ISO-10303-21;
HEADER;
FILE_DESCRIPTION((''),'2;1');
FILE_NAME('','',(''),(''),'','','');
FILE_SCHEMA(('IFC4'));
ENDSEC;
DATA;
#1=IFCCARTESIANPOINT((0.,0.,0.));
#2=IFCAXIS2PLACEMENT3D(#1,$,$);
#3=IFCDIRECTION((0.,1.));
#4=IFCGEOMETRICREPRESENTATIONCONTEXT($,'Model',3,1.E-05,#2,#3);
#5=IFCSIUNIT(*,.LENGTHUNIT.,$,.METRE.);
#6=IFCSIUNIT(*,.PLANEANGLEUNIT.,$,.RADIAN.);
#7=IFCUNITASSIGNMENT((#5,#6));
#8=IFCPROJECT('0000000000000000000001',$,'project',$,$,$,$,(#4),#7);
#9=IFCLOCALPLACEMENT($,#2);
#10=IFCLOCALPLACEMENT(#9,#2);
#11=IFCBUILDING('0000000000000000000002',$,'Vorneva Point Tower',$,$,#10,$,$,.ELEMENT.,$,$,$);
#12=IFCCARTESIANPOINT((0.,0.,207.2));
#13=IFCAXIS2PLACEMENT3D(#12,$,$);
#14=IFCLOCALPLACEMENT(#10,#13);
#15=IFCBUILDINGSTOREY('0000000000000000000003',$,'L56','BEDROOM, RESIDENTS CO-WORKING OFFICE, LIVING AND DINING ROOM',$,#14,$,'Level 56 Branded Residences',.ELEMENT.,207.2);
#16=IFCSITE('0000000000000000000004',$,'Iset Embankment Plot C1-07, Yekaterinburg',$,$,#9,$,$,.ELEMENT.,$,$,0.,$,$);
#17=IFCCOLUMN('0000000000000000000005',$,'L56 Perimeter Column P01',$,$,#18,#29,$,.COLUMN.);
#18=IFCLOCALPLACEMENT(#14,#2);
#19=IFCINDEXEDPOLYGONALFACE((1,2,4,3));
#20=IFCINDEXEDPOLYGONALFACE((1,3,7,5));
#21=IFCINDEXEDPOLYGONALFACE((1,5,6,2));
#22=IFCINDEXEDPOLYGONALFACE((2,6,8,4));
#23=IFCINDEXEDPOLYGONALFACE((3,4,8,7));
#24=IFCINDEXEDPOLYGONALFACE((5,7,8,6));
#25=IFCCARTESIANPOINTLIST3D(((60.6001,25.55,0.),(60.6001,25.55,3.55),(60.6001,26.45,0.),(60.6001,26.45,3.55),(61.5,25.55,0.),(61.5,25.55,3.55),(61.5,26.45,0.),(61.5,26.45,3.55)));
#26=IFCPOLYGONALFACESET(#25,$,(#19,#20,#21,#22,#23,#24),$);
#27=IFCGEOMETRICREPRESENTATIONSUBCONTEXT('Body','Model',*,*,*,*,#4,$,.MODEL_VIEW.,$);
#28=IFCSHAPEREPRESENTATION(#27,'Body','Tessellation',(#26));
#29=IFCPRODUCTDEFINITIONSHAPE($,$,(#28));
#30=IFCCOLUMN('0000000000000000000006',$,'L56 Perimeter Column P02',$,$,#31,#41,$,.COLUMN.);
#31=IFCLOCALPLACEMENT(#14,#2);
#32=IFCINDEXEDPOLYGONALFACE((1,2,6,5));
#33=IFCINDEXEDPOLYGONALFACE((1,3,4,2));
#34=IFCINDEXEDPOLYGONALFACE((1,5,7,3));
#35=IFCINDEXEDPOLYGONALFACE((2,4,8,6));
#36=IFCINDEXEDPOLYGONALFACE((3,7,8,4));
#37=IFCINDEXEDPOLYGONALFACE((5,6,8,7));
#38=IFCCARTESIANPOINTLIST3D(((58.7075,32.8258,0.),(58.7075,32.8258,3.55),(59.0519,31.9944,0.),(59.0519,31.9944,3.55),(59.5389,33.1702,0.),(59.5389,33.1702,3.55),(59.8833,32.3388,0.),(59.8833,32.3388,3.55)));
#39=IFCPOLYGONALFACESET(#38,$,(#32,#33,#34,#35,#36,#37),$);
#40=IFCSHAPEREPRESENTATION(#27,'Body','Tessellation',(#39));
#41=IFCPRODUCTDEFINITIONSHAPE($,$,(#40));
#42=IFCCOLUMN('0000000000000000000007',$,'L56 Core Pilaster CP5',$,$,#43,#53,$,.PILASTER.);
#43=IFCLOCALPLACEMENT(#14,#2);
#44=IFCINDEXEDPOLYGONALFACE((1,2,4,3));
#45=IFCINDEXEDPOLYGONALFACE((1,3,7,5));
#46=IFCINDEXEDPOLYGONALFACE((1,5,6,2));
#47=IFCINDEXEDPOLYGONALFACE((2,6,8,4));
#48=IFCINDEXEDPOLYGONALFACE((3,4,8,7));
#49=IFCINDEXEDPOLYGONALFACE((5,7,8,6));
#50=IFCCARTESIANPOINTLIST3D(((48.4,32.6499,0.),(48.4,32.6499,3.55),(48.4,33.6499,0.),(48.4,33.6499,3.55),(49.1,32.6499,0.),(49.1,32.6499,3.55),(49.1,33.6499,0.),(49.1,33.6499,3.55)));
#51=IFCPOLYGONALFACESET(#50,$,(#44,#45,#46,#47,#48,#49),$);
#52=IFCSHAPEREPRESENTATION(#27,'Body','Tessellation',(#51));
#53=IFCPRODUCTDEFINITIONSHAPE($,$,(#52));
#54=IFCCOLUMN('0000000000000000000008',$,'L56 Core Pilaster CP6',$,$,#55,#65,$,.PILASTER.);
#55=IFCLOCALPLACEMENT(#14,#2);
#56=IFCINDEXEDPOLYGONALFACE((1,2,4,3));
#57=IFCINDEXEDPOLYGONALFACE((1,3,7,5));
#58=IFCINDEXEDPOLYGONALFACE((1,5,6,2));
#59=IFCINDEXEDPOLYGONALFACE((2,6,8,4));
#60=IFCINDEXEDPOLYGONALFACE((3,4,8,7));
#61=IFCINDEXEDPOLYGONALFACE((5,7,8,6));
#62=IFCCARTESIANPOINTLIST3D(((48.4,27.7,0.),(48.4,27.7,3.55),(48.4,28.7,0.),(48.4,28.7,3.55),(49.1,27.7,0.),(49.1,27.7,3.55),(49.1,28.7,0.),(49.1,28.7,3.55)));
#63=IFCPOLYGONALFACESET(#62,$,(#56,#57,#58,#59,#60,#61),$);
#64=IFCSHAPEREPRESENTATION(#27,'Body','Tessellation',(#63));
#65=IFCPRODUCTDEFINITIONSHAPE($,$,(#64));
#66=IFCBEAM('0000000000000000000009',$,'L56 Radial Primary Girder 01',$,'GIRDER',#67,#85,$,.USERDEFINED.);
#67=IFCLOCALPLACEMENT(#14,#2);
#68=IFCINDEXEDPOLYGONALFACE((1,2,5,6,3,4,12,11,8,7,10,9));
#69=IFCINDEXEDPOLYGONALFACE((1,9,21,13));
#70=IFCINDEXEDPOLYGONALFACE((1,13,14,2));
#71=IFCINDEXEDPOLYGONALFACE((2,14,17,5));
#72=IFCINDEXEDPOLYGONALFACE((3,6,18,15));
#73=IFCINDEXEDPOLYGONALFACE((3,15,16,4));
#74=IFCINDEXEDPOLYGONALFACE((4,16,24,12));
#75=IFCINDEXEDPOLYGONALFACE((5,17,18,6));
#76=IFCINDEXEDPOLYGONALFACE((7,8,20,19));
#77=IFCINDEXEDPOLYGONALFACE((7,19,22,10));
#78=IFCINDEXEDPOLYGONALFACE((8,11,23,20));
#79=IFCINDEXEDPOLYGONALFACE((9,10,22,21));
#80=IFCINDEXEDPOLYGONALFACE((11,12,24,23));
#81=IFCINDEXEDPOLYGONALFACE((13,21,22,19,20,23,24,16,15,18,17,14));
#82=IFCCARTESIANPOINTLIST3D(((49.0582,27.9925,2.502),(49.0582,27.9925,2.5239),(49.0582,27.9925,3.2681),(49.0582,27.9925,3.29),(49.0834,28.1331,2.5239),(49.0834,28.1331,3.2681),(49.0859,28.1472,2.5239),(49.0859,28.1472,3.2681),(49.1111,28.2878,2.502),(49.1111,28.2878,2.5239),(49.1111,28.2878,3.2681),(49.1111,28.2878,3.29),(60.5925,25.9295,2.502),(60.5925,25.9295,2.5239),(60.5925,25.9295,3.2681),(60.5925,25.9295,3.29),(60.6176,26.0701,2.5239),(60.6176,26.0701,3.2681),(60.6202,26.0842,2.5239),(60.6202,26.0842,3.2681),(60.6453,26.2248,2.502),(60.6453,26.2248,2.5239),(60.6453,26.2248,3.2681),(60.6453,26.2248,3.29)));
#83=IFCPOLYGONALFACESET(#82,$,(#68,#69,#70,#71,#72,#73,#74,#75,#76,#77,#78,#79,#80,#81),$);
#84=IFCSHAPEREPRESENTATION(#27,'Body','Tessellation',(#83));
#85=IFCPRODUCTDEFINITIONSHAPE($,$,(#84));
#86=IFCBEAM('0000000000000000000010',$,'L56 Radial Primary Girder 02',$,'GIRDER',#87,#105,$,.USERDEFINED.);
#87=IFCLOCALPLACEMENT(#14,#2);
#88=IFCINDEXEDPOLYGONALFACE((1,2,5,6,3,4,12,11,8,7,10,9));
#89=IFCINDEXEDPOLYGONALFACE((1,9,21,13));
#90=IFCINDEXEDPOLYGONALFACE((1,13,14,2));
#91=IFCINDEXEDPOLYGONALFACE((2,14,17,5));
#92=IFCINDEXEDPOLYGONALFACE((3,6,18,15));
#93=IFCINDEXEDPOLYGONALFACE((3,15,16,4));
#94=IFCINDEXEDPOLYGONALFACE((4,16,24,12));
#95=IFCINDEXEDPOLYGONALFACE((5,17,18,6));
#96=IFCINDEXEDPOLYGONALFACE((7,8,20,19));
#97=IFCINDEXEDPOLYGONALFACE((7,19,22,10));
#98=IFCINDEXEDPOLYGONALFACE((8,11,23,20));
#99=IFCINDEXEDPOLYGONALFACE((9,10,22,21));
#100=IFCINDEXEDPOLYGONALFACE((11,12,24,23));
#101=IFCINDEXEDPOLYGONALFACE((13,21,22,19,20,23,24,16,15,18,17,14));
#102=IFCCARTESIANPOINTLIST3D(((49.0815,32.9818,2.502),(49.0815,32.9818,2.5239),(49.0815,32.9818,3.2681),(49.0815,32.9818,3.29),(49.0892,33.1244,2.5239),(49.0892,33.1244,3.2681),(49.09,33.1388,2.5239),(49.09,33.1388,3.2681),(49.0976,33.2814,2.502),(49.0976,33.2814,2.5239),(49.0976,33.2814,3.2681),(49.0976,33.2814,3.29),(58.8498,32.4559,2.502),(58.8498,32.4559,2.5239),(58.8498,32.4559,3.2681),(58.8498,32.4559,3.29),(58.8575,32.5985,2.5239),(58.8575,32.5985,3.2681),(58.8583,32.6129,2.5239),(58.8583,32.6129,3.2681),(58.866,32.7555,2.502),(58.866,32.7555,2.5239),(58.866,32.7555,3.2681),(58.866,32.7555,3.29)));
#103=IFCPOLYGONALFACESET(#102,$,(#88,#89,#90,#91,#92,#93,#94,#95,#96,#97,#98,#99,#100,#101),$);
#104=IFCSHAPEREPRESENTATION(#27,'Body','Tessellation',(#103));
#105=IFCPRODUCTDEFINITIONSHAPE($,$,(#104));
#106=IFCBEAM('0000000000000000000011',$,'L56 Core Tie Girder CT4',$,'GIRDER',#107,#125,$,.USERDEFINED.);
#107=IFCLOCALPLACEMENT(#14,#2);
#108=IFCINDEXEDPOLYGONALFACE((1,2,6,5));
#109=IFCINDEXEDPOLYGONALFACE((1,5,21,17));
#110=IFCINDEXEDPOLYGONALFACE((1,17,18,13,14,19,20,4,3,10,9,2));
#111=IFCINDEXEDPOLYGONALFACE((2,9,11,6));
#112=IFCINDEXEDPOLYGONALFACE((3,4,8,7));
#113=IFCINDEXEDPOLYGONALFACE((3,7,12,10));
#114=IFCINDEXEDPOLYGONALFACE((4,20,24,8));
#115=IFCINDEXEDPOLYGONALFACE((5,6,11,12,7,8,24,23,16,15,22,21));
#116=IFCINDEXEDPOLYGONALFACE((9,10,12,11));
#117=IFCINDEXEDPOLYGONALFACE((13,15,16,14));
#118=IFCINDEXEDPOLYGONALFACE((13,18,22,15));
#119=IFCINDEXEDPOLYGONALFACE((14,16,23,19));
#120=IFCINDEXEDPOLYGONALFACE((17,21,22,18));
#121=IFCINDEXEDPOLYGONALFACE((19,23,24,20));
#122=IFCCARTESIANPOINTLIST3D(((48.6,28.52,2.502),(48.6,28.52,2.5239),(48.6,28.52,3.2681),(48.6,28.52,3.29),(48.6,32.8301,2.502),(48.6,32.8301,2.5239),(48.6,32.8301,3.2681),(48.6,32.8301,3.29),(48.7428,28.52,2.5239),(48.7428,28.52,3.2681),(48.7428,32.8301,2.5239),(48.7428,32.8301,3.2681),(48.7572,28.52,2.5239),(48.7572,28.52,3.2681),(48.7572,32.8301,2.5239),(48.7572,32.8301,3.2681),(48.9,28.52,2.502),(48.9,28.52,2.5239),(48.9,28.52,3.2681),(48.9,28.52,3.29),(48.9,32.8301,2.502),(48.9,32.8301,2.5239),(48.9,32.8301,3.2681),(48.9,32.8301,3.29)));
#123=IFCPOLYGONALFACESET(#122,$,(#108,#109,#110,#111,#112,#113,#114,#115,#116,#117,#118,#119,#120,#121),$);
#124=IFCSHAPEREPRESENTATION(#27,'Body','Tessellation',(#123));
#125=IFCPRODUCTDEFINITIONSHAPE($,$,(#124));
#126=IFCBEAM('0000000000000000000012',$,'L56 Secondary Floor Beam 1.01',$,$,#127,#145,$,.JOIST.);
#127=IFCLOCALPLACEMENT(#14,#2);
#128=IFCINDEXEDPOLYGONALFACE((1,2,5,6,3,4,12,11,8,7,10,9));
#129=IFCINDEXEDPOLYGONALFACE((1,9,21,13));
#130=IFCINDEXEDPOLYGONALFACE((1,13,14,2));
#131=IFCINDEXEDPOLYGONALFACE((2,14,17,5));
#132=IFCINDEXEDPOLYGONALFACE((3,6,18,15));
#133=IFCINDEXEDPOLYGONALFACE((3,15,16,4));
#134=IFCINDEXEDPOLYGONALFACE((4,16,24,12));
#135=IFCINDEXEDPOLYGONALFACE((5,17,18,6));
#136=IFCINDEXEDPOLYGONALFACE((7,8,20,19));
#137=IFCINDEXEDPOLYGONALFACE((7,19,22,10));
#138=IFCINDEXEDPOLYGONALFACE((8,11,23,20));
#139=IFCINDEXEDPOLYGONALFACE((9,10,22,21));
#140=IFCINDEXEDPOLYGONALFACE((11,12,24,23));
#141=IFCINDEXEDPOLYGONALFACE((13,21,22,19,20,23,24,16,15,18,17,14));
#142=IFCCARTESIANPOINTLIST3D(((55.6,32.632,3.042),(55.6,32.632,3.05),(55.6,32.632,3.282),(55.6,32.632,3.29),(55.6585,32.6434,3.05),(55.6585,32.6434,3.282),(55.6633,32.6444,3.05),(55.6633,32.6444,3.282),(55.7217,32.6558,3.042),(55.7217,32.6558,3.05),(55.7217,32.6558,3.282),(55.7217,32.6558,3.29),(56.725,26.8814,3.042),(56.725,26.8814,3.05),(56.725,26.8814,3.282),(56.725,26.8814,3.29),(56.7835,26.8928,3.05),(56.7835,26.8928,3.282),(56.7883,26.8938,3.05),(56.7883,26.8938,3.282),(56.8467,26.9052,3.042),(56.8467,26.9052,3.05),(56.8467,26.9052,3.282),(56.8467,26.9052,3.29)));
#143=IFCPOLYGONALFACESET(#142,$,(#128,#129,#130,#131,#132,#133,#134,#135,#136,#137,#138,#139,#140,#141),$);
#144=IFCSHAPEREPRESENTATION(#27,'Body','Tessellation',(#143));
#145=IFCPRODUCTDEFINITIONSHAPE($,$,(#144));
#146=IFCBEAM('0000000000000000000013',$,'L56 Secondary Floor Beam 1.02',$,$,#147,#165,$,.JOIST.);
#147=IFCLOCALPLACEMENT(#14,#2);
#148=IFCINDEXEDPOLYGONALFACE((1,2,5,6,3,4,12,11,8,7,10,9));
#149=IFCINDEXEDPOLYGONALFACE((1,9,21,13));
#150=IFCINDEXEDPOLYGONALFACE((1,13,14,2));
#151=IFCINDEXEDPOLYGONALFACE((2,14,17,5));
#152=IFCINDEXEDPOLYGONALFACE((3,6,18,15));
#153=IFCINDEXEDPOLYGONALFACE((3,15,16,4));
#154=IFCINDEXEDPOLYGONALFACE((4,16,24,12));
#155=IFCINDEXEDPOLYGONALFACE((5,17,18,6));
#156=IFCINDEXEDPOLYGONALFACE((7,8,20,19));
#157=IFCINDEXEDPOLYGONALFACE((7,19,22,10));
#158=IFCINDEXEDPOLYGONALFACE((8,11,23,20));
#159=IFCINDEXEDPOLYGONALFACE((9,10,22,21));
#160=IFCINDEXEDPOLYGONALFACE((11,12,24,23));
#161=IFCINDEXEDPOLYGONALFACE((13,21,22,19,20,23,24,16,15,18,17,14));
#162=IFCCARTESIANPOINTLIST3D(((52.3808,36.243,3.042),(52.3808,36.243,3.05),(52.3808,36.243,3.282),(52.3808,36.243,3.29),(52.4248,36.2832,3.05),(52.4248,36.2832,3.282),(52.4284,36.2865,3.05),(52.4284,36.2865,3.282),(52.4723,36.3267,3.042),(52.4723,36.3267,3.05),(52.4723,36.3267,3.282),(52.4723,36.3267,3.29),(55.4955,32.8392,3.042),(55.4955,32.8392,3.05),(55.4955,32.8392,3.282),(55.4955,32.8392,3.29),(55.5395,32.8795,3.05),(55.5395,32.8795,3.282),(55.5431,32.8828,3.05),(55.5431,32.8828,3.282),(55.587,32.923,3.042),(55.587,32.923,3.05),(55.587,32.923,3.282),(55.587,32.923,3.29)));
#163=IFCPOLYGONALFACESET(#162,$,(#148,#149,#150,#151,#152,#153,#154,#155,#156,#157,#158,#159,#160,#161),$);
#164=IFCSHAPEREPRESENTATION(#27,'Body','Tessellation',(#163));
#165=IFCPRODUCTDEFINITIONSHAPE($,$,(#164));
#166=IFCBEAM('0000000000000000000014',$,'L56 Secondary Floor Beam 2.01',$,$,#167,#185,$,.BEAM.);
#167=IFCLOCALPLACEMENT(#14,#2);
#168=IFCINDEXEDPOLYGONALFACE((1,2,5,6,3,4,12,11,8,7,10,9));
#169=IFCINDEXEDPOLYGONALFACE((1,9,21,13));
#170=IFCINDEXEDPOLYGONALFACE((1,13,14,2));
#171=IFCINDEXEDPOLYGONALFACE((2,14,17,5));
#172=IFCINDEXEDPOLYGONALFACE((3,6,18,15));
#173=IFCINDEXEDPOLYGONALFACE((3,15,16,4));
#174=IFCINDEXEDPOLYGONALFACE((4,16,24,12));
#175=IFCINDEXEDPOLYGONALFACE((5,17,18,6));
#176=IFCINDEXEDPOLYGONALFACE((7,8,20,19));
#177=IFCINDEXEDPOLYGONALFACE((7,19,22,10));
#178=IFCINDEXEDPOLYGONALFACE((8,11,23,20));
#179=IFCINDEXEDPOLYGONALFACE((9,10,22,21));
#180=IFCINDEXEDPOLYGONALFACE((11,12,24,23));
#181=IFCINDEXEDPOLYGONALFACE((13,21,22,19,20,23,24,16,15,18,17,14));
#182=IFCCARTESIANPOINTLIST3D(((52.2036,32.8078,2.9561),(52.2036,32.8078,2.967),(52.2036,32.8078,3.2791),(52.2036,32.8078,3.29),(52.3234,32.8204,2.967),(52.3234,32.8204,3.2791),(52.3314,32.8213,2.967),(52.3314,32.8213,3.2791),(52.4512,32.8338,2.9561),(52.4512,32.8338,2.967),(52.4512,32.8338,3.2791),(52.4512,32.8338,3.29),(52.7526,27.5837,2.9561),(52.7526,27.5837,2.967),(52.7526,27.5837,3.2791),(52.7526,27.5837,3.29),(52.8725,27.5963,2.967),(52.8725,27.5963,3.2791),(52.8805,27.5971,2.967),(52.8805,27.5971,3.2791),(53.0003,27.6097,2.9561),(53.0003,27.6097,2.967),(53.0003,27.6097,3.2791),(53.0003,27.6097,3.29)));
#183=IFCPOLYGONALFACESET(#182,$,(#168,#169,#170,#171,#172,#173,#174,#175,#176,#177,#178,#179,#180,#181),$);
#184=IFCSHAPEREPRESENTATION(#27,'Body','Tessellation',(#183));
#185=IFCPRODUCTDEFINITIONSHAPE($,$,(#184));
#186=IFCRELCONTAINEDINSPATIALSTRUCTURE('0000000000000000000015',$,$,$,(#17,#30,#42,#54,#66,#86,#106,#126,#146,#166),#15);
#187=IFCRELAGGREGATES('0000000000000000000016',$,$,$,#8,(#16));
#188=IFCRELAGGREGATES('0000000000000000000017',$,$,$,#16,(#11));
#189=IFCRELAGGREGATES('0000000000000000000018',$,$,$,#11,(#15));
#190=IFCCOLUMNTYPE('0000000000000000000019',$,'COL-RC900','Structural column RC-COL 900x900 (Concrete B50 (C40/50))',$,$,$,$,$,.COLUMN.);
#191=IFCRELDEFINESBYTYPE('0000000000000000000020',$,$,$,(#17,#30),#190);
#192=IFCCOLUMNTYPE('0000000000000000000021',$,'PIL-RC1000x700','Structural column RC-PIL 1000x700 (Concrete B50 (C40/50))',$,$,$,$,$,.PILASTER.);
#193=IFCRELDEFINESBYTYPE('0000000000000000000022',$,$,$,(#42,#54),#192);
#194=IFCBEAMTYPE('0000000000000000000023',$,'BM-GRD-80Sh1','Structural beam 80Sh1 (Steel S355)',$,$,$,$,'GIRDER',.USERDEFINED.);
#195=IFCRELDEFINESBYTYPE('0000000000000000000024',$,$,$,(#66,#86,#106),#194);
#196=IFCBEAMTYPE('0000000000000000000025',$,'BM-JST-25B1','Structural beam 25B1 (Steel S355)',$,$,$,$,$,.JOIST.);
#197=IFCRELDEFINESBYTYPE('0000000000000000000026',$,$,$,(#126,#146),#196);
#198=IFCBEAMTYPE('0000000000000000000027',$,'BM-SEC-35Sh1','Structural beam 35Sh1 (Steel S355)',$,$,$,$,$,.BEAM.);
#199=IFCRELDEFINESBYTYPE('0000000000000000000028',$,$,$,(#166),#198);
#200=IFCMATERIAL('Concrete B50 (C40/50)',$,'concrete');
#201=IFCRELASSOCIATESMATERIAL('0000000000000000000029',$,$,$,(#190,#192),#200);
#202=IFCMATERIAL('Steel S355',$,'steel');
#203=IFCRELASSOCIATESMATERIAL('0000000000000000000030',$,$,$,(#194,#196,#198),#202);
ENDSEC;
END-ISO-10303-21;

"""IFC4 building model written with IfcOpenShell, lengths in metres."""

from ifc_helpers import new_model, si_unit, direction, frame, origin, origin_2d, place, context, subcontext, project, spatial, rectangle, i_section, extrude, material, material_profile, profile_set, type_object, element, save


model = new_model("IFC4")

# Units and contexts
model_context = context("Model", 3, precision=1e-05, world=origin(), true_north=direction((0.0, 1.0)))
body_context = subcontext(model_context, "Body", "Model", "MODEL_VIEW")
ifc_project = project(units=[si_unit("LENGTHUNIT", "METRE"), si_unit("PLANEANGLEUNIT", "RADIAN")], contexts=[model_context])

# Site, building, storey
site_placement = place(None, origin())
site = spatial("IfcSite", under=ifc_project, at=site_placement, Name="Iset Embankment Plot C1-07, Yekaterinburg", CompositionType="ELEMENT", RefElevation=0.0)
building_placement = place(site_placement, origin())
building = spatial("IfcBuilding", under=site, at=building_placement, Name="Vorneva Point Tower", CompositionType="ELEMENT")
storey_placement = place(building_placement, frame((0.0, 0.0, 207.2)))
storey = spatial("IfcBuildingStorey", under=building, at=storey_placement, Name="L56", Description="BEDROOM, RESIDENTS CO-WORKING OFFICE, LIVING AND DINING ROOM", LongName="Level 56 Branded Residences", CompositionType="ELEMENT", Elevation=207.2)

# Columns
ifc_material_1 = material(Name="Concrete B50 (C40/50)", Category="concrete")
ifc_material_profile_1 = material_profile(ifc_material_1, rectangle(XDim=0.8999, YDim=0.8999, at=origin_2d()), Name="RC-COL 900x900")
ifc_profile_set_1 = profile_set([ifc_material_profile_1], Name="Concrete B50 (C40/50)")
column_type_1 = type_object("IfcColumnType", Name="COL-RC900", Description="Structural column RC-COL 900x900 (Concrete B50 (C40/50))", PredefinedType="COLUMN", material=ifc_profile_set_1)
for number, where, z_axis, x_axis, name in (
    (1, (61.05, 26.0, 0.0), (0.0, 0.0, 1.0), (1.0, 0.0, 0.0), "L56 Perimeter Column P01"),
    (2, (59.2954, 32.5823, 0.0), (0.0, 0.0, 1.0), (0.92388, 0.382683, 0.0), "L56 Perimeter Column P02"),
):
    element("IfcColumn", number, at=place(storey_placement, frame(where, z_axis=z_axis, x_axis=x_axis)), inside=storey, type_object=column_type_1, Name=name, PredefinedType="COLUMN", context=body_context, shape_type="SweptSolid", body=[
        extrude(rectangle(XDim=0.8999, YDim=0.8999, at=origin_2d()), origin(), (0.0, 0.0, 1.0), 3.55),
    ])
ifc_material_profile_2 = material_profile(ifc_material_1, rectangle(XDim=0.7, YDim=1.0, at=origin_2d()), Name="RC-PIL 1000x700")
ifc_profile_set_2 = profile_set([ifc_material_profile_2], Name="Concrete B50 (C40/50)")
column_type_2 = type_object("IfcColumnType", Name="PIL-RC1000x700", Description="Structural column RC-PIL 1000x700 (Concrete B50 (C40/50))", PredefinedType="PILASTER", material=ifc_profile_set_2)
for number, where, z_axis, x_axis, name in (
    (3, (48.75, 33.1499, 0.0), (0.0, 0.0, 1.0), (1.0, 0.0, 0.0), "L56 Core Pilaster CP5"),
    (4, (48.75, 28.2, 0.0), (0.0, 0.0, 1.0), (1.0, 0.0, 0.0), "L56 Core Pilaster CP6"),
):
    element("IfcColumn", number, at=place(storey_placement, frame(where, z_axis=z_axis, x_axis=x_axis)), inside=storey, type_object=column_type_2, Name=name, PredefinedType="PILASTER", context=body_context, shape_type="SweptSolid", body=[
        extrude(rectangle(XDim=0.7, YDim=1.0, at=origin_2d()), origin(), (0.0, 0.0, 1.0), 3.55),
    ])

# Beams
ifc_material_2 = material(Name="Steel S355", Category="steel")
ifc_material_profile_3 = material_profile(ifc_material_2, i_section(OverallWidth=0.3, OverallDepth=0.7881, WebThickness=0.0144, FlangeThickness=0.022, at=origin_2d()), Name="80Sh1")
ifc_profile_set_3 = profile_set([ifc_material_profile_3], Name="Steel S355")
beam_type_1 = type_object("IfcBeamType", Name="BM-GRD-80Sh1", Description="Structural beam 80Sh1 (Steel S355)", ElementType="GIRDER", PredefinedType="USERDEFINED", material=ifc_profile_set_3)
beam_1_placement = place(storey_placement, frame((60.6189, 26.0771, 2.896), z_axis=(-0.984379, 0.176065, 0.0), x_axis=(-0.176065, -0.984379, 0.0)))
element("IfcBeam", 5, at=beam_1_placement, inside=storey, type_object=beam_type_1, Name="L56 Radial Primary Girder 01", ObjectType="GIRDER", PredefinedType="USERDEFINED", context=body_context, shape_type="SweptSolid", body=[
    extrude(i_section(OverallWidth=0.3, OverallDepth=0.7881, WebThickness=0.0144, FlangeThickness=0.022, at=origin_2d()), origin(), (0.0, 0.0, 1.0), 11.7173),
])
beam_2_placement = place(storey_placement, frame((58.8579, 32.6057, 2.896), z_axis=(-0.998554, 0.053757, 0.0), x_axis=(-0.053757, -0.998554, 0.0)))
element("IfcBeam", 6, at=beam_2_placement, inside=storey, type_object=beam_type_1, Name="L56 Radial Primary Girder 02", ObjectType="GIRDER", PredefinedType="USERDEFINED", context=body_context, shape_type="SweptSolid", body=[
    extrude(i_section(OverallWidth=0.3, OverallDepth=0.7881, WebThickness=0.0144, FlangeThickness=0.022, at=origin_2d()), origin(), (0.0, 0.0, 1.0), 9.7825),
])
beam_3_placement = place(storey_placement, frame((48.75, 28.52, 2.896), z_axis=(0.0, 1.0, 0.0), x_axis=(-1.0, 0.0, 0.0)))
element("IfcBeam", 7, at=beam_3_placement, inside=storey, type_object=beam_type_1, Name="L56 Core Tie Girder CT4", ObjectType="GIRDER", PredefinedType="USERDEFINED", context=body_context, shape_type="SweptSolid", body=[
    extrude(i_section(OverallWidth=0.3, OverallDepth=0.7881, WebThickness=0.0144, FlangeThickness=0.022, at=origin_2d()), origin(), (0.0, 0.0, 1.0), 4.3101),
])
ifc_material_profile_4 = material_profile(ifc_material_2, i_section(OverallWidth=0.124, OverallDepth=0.248, WebThickness=0.0049, FlangeThickness=0.0081, at=origin_2d()), Name="25B1")
ifc_profile_set_4 = profile_set([ifc_material_profile_4], Name="Steel S355")
beam_type_2 = type_object("IfcBeamType", Name="BM-JST-25B1", Description="Structural beam 25B1 (Steel S355)", PredefinedType="JOIST", material=ifc_profile_set_4)
beam_4_placement = place(storey_placement, frame((56.7859, 26.8933, 3.166), z_axis=(-0.191996, 0.981396, 0.0), x_axis=(-0.981396, -0.191996, 0.0)))
element("IfcBeam", 8, at=beam_4_placement, inside=storey, type_object=beam_type_2, Name="L56 Secondary Floor Beam 1.01", PredefinedType="JOIST", context=body_context, shape_type="SweptSolid", body=[
    extrude(i_section(OverallWidth=0.124, OverallDepth=0.248, WebThickness=0.0049, FlangeThickness=0.0081, at=origin_2d()), origin(), (0.0, 0.0, 1.0), 5.8596),
])
beam_5_placement = place(storey_placement, frame((55.5413, 32.8811, 3.166), z_axis=(-0.675087, 0.737738, 0.0), x_axis=(-0.737738, -0.675087, 0.0)))
element("IfcBeam", 9, at=beam_5_placement, inside=storey, type_object=beam_type_2, Name="L56 Secondary Floor Beam 1.02", PredefinedType="JOIST", context=body_context, shape_type="SweptSolid", body=[
    extrude(i_section(OverallWidth=0.124, OverallDepth=0.248, WebThickness=0.0049, FlangeThickness=0.0081, at=origin_2d()), origin(), (0.0, 0.0, 1.0), 4.6138),
])
ifc_material_profile_5 = material_profile(ifc_material_2, i_section(OverallWidth=0.249, OverallDepth=0.334, WebThickness=0.0081, FlangeThickness=0.011, at=origin_2d()), Name="35Sh1")
ifc_profile_set_5 = profile_set([ifc_material_profile_5], Name="Steel S355")
beam_type_3 = type_object("IfcBeamType", Name="BM-SEC-35Sh1", Description="Structural beam 35Sh1 (Steel S355)", PredefinedType="BEAM", material=ifc_profile_set_5)
beam_6_placement = place(storey_placement, frame((52.8765, 27.5967, 3.123), z_axis=(-0.104528, 0.994522, 0.0), x_axis=(-0.994522, -0.104528, 0.0)))
element("IfcBeam", 10, at=beam_6_placement, inside=storey, type_object=beam_type_3, Name="L56 Secondary Floor Beam 2.01", PredefinedType="BEAM", context=body_context, shape_type="SweptSolid", body=[
    extrude(i_section(OverallWidth=0.249, OverallDepth=0.334, WebThickness=0.0081, FlangeThickness=0.011, at=origin_2d()), origin(), (0.0, 0.0, 1.0), 5.2529),
])

save(model, "model.ifc")
